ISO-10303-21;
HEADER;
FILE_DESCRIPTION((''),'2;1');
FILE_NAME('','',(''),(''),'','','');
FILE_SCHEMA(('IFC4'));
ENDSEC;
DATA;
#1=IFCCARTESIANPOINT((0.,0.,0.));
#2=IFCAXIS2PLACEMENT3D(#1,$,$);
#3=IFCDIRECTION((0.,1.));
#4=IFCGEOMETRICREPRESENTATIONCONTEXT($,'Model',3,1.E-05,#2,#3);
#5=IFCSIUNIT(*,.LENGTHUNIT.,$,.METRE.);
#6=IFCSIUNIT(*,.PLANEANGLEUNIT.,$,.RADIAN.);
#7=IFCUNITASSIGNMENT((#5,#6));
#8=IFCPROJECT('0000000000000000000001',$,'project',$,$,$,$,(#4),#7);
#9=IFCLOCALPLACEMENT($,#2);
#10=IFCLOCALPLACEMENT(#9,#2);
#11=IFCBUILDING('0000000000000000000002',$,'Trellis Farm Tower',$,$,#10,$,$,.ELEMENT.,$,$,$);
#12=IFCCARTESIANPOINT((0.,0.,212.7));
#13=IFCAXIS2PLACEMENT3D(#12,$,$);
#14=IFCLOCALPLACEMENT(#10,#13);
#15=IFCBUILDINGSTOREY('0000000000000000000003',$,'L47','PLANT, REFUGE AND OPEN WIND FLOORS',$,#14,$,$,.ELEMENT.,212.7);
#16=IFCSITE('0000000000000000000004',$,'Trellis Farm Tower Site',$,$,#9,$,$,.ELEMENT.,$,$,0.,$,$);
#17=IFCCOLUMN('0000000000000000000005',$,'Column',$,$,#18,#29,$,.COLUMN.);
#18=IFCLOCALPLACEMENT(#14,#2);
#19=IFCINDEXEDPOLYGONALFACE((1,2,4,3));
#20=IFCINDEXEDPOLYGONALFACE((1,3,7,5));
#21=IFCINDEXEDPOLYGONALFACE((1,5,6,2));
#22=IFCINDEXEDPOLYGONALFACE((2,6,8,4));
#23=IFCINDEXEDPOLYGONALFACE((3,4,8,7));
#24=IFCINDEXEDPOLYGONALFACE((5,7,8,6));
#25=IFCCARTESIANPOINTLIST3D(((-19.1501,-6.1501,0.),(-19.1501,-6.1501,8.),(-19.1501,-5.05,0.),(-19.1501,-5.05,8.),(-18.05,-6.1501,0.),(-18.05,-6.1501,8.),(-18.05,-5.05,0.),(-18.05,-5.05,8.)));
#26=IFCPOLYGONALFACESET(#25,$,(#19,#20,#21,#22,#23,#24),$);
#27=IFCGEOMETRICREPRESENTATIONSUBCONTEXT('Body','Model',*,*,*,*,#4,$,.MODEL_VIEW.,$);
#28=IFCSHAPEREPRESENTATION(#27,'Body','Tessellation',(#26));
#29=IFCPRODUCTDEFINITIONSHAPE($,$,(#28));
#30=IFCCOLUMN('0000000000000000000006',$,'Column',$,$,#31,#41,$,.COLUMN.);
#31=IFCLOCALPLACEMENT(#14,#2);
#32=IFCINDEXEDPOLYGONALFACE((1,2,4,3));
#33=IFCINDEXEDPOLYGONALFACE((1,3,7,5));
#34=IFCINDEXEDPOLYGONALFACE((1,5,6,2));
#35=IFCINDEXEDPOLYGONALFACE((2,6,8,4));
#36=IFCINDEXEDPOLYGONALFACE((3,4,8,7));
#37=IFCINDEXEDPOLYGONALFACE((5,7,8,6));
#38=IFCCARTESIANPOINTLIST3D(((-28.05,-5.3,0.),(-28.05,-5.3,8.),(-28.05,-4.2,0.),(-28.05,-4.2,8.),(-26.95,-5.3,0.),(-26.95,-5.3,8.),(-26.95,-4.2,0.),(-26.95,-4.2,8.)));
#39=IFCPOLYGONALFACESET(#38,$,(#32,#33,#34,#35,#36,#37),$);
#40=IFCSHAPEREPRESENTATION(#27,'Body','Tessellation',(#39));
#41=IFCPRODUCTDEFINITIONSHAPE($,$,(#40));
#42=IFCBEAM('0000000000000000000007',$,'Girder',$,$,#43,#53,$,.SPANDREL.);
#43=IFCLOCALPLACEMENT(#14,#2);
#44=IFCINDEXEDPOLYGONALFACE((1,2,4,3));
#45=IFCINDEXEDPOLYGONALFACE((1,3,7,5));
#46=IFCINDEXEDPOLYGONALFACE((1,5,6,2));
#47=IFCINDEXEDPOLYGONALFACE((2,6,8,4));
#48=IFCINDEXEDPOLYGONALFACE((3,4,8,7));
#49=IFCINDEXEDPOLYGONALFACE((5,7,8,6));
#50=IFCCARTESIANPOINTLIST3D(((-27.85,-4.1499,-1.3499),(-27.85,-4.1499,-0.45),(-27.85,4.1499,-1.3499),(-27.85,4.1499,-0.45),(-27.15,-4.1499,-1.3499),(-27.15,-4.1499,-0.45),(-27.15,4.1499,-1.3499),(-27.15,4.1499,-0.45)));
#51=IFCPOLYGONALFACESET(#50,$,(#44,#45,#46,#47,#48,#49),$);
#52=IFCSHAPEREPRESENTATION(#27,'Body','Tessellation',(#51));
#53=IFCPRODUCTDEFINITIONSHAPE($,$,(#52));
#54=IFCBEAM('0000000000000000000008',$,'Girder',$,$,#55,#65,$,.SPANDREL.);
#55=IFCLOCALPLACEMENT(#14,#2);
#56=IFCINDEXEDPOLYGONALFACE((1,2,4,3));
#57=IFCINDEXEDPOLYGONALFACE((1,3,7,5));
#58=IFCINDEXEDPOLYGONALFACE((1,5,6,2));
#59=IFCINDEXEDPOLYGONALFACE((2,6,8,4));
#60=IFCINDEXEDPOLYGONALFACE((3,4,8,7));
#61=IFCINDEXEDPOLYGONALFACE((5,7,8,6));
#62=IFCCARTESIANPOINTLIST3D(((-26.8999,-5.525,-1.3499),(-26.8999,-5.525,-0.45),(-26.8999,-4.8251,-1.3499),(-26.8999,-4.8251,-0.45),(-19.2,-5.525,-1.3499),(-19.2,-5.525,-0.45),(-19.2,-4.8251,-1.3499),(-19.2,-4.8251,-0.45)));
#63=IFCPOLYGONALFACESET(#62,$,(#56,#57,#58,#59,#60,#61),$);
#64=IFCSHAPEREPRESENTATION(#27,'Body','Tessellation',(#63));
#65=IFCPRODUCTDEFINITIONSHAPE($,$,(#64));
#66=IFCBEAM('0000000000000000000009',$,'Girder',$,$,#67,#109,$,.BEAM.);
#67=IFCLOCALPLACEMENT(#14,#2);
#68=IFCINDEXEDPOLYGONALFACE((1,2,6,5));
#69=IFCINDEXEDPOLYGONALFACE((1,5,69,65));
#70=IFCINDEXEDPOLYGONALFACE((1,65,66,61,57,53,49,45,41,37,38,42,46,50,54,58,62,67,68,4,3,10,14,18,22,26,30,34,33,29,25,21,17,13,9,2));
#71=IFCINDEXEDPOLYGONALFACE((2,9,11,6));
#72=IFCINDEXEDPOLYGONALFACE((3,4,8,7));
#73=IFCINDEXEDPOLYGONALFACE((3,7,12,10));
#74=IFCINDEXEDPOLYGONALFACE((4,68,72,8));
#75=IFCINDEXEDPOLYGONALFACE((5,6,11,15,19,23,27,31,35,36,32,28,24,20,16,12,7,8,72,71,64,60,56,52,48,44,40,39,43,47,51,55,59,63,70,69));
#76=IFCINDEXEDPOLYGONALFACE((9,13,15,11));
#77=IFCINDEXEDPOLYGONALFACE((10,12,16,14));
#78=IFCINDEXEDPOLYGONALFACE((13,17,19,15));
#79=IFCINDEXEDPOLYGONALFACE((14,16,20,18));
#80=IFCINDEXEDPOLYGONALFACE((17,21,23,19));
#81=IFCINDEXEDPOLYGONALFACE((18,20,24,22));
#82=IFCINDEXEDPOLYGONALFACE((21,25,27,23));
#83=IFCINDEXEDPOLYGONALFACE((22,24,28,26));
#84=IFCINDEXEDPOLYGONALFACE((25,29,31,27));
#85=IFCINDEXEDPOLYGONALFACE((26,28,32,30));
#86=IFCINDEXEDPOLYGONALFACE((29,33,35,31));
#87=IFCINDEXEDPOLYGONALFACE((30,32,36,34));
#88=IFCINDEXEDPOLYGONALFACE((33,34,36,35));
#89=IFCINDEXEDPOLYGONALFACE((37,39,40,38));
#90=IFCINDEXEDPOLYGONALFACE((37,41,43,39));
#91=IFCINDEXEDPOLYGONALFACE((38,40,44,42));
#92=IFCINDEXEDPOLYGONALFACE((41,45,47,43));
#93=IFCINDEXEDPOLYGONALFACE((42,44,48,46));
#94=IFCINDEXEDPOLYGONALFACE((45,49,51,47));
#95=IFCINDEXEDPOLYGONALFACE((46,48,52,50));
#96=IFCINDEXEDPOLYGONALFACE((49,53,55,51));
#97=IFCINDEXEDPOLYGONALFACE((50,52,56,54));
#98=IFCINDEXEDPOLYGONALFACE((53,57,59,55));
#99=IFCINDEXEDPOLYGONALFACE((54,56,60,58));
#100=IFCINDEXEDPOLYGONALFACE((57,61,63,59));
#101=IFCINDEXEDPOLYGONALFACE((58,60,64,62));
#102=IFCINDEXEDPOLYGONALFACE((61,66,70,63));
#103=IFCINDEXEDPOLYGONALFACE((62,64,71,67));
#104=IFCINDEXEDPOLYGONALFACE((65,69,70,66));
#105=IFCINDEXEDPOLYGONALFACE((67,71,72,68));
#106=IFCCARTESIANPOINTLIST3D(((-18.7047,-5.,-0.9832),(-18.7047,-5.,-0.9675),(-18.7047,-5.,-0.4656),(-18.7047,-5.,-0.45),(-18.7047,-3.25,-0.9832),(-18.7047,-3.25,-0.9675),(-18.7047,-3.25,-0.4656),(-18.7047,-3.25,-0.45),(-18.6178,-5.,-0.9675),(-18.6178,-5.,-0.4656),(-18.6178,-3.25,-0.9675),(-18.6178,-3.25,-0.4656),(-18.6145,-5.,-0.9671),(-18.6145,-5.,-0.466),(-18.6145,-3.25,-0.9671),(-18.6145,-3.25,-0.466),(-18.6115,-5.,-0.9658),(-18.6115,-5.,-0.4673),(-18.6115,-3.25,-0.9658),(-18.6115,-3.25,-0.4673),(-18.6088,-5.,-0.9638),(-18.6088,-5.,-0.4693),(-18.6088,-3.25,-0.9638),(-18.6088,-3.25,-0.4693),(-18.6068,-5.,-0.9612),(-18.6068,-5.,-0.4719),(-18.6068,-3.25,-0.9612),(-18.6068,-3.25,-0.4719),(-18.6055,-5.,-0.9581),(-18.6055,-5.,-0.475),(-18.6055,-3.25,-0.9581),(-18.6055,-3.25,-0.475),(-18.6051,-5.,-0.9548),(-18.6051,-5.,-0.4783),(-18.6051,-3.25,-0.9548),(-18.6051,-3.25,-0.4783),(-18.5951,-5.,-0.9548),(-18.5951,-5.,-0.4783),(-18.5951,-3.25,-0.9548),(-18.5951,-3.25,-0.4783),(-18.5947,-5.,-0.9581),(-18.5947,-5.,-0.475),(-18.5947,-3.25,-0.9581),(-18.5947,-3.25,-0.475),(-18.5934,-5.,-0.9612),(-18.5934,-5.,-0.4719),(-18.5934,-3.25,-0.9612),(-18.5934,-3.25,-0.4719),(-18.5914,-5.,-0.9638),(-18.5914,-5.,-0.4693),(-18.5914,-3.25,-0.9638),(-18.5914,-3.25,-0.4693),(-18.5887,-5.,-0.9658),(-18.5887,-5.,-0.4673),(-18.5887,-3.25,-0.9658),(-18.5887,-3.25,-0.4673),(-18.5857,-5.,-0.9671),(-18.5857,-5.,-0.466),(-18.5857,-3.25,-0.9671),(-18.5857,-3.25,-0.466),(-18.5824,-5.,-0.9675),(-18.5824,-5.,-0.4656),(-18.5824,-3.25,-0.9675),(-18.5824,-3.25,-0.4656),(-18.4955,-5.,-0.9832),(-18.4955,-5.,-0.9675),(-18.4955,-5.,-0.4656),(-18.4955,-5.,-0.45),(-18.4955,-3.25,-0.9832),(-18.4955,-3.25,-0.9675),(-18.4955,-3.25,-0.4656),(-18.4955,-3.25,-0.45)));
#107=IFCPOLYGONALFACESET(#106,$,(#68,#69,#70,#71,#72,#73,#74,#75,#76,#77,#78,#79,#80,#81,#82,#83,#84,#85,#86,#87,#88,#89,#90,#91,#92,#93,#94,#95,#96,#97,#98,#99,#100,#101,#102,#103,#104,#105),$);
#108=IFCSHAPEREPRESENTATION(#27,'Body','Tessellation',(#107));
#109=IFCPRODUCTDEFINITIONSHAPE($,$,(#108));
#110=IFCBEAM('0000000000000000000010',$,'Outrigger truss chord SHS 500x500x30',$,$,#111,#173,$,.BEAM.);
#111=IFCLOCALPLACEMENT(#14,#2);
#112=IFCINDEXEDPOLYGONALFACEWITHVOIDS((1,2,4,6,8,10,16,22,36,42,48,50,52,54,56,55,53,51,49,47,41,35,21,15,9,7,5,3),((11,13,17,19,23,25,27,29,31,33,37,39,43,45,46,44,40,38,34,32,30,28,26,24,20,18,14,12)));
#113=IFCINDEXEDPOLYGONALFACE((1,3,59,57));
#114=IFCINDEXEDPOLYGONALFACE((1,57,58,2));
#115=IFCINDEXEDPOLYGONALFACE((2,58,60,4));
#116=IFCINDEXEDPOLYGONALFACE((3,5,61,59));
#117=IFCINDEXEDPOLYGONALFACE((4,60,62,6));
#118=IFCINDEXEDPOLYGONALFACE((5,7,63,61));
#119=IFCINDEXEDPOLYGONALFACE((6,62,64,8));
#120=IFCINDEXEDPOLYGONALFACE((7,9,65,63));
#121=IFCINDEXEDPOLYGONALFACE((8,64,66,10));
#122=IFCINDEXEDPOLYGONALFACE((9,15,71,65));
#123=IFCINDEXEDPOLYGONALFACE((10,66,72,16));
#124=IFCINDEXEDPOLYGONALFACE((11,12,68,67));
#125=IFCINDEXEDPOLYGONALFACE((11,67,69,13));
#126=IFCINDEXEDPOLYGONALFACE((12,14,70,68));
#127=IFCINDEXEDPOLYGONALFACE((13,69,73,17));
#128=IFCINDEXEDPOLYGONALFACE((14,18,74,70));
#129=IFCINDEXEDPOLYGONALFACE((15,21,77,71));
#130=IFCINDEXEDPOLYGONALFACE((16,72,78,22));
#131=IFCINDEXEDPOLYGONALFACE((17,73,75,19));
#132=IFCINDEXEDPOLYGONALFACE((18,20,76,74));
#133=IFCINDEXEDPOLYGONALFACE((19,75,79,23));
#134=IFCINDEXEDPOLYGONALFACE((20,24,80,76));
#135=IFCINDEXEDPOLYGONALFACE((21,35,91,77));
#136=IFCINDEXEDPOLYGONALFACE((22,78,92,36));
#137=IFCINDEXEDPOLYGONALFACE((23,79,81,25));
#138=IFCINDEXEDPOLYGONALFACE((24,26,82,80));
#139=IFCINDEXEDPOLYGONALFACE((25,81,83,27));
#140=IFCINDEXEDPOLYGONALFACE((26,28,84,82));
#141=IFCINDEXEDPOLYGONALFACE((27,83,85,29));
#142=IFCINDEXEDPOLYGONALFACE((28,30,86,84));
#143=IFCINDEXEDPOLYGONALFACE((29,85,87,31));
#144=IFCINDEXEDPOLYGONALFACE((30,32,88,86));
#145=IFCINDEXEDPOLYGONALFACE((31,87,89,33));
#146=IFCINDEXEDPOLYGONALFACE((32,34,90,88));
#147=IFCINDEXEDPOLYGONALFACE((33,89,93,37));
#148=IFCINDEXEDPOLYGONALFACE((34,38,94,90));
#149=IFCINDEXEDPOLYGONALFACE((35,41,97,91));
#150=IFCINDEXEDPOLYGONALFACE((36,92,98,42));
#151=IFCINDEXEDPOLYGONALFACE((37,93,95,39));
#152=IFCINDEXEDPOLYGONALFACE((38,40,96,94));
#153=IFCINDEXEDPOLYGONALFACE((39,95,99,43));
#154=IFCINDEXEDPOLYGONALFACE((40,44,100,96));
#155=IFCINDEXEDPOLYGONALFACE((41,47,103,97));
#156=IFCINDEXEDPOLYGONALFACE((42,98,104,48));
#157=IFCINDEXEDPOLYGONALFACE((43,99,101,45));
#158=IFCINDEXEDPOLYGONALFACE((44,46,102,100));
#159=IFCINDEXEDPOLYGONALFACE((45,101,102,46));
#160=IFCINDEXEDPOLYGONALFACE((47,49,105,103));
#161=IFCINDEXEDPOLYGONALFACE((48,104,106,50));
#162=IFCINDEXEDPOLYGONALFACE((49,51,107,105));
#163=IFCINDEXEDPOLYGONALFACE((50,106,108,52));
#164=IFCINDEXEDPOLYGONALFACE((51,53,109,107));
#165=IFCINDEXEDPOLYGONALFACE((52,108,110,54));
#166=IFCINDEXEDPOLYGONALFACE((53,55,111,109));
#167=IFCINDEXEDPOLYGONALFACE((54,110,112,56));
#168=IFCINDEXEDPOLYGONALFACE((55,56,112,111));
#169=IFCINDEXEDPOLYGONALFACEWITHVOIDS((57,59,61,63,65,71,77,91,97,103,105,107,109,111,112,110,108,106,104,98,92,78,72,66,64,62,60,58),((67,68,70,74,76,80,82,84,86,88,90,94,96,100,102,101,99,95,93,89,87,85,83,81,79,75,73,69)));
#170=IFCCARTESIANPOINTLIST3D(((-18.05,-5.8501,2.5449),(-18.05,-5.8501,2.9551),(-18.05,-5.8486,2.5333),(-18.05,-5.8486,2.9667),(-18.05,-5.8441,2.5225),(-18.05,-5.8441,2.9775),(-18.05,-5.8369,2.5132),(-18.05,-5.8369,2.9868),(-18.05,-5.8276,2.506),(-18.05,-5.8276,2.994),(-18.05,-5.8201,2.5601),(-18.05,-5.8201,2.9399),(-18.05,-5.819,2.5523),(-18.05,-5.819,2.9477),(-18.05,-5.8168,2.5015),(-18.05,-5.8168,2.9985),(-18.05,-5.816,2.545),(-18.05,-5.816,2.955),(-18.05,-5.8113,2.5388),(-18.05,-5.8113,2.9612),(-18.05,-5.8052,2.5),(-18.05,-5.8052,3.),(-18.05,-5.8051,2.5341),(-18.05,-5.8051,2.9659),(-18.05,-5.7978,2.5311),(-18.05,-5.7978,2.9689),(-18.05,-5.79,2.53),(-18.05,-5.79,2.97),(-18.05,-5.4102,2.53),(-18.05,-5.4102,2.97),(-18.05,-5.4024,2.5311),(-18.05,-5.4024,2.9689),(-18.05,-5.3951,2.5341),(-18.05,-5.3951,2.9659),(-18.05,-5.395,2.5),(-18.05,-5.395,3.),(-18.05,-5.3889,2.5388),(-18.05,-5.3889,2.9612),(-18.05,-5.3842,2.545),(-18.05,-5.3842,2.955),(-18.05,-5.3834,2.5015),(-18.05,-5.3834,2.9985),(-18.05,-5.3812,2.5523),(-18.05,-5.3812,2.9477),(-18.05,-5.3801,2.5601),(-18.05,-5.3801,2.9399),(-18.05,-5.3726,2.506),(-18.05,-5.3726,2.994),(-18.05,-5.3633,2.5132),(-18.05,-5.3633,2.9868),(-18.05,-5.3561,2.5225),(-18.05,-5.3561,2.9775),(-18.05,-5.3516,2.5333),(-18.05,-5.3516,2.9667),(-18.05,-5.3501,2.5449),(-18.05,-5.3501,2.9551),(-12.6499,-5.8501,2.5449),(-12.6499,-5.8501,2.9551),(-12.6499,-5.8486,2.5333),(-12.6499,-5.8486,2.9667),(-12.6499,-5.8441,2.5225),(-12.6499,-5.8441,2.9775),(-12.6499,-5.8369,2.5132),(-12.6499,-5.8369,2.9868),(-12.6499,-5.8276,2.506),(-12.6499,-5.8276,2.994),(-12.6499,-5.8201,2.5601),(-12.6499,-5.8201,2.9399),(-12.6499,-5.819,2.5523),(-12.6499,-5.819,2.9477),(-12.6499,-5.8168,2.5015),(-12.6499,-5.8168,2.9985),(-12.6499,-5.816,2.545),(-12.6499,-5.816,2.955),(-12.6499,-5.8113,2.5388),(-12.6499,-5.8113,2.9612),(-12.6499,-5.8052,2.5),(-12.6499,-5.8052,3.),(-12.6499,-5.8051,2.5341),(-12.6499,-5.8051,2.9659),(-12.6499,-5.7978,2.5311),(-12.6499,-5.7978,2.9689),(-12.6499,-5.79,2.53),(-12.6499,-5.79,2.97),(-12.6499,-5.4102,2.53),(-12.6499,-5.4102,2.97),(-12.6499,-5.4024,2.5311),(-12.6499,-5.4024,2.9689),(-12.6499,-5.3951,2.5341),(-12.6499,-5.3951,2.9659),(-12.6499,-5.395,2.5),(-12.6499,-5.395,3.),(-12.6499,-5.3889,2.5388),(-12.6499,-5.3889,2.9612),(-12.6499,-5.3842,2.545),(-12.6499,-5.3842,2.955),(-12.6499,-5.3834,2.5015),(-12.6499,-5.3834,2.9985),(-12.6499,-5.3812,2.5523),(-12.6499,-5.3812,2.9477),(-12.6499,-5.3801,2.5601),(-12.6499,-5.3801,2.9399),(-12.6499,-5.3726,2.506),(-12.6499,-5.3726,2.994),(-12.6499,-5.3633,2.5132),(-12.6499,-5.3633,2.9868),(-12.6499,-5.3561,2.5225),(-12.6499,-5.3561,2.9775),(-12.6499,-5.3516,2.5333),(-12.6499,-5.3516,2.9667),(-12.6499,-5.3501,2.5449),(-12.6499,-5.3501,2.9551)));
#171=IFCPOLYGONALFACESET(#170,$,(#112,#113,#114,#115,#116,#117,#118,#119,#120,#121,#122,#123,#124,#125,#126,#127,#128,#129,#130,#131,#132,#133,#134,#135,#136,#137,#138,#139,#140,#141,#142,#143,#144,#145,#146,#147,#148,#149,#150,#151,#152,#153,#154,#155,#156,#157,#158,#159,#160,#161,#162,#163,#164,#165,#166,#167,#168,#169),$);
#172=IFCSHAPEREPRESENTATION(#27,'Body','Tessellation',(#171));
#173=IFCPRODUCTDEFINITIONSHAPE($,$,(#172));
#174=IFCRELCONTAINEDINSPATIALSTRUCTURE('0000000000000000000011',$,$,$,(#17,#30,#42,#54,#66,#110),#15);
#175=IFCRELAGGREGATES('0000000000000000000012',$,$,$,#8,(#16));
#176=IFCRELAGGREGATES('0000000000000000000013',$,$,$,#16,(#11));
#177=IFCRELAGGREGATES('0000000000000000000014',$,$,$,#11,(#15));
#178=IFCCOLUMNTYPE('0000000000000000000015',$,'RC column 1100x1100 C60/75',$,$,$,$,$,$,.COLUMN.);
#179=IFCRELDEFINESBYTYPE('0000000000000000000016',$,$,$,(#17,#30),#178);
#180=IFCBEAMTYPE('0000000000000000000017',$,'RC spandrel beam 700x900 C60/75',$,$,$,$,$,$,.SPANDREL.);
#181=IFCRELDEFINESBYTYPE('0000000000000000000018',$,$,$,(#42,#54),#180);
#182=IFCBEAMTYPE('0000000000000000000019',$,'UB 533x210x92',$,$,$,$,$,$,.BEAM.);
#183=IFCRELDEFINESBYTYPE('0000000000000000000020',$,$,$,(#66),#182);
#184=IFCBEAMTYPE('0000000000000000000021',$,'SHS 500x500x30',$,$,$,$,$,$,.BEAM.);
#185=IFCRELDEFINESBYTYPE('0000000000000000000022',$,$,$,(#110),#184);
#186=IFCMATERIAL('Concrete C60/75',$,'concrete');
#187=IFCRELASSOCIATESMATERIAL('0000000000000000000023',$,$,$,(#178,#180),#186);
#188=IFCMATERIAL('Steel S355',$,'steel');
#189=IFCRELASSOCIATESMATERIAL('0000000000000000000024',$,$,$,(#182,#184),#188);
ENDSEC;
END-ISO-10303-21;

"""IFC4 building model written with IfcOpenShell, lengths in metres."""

from ifc_helpers import new_model, si_unit, direction, frame, origin, origin_2d, place, context, subcontext, project, spatial, rectangle, hollow_rectangle, i_section, extrude, source, transform, mapped, material, material_profile, profile_set, type_object, element, save


model = new_model("IFC4")

# Units and contexts
model_context = context("Model", 3, precision=1e-05, world=origin(), true_north=direction((0.0, 1.0)))
body_context = subcontext(model_context, "Body", "Model", "MODEL_VIEW")
ifc_project = project(units=[si_unit("LENGTHUNIT", "METRE"), si_unit("PLANEANGLEUNIT", "RADIAN")], contexts=[model_context])

# Site, building, storey
site_placement = place(None, origin())
site = spatial("IfcSite", under=ifc_project, at=site_placement, Name="Trellis Farm Tower Site", CompositionType="ELEMENT", RefElevation=0.0)
building_placement = place(site_placement, origin())
building = spatial("IfcBuilding", under=site, at=building_placement, Name="Trellis Farm Tower", CompositionType="ELEMENT")
storey_placement = place(building_placement, frame((0.0, 0.0, 212.7)))
storey = spatial("IfcBuildingStorey", under=building, at=storey_placement, Name="L47", Description="PLANT, REFUGE AND OPEN WIND FLOORS", CompositionType="ELEMENT", Elevation=212.7)

# Columns
ifc_material_1 = material(Name="Concrete C60/75", Category="concrete")
ifc_material_profile_1 = material_profile(ifc_material_1, rectangle(XDim=1.1001, YDim=1.1001, at=origin_2d()), Name="RC column 1100x1100 C60/75")
ifc_profile_set_1 = profile_set([ifc_material_profile_1], Name="Concrete C60/75")
column_type = type_object("IfcColumnType", Name="RC column 1100x1100 C60/75", PredefinedType="COLUMN", material=ifc_profile_set_1)
shared_shape_1 = source(origin(), body_context, "Body", "SweptSolid", [
    extrude(rectangle(XDim=1.1001, YDim=1.1001, at=origin_2d()), origin(), (0.0, 0.0, 1.0), 8.0),
])
for number, where, z_axis, x_axis, name in (
    (1, (-18.6001, -5.6001, 0.0), (0.0, 0.0, 1.0), (1.0, 0.0, 0.0), "Column"),
    (2, (-27.5, -4.75, 0.0), (0.0, 0.0, 1.0), (1.0, 0.0, 0.0), "Column"),
):
    element("IfcColumn", number, at=place(storey_placement, frame(where, z_axis=z_axis, x_axis=x_axis)), inside=storey, type_object=column_type, Name=name, PredefinedType="COLUMN", context=body_context, shape_type="MappedRepresentation", body=[
        mapped(shared_shape_1, transform((0.0, 0.0, 0.0))),
    ])

# Beams
ifc_material_profile_2 = material_profile(ifc_material_1, rectangle(XDim=0.7, YDim=0.8999, at=origin_2d()), Name="RC spandrel beam 700x900 C60/75")
ifc_profile_set_2 = profile_set([ifc_material_profile_2], Name="Concrete C60/75")
beam_type_1 = type_object("IfcBeamType", Name="RC spandrel beam 700x900 C60/75", PredefinedType="SPANDREL", material=ifc_profile_set_2)
shared_shape_2 = source(origin(), body_context, "Body", "SweptSolid", [
    extrude(rectangle(XDim=0.7, YDim=0.8999, at=origin_2d()), origin(), (0.0, 0.0, 1.0), 8.2998),
])
beam_1_placement = place(storey_placement, frame((-27.5, -4.1499, -0.8999), z_axis=(0.0, 1.0, 0.0), x_axis=(-1.0, 0.0, 0.0)))
element("IfcBeam", 3, at=beam_1_placement, inside=storey, type_object=beam_type_1, Name="Girder", PredefinedType="SPANDREL", context=body_context, shape_type="MappedRepresentation", body=[
    mapped(shared_shape_2, transform((0.0, 0.0, 0.0))),
])
shared_shape_3 = source(origin(), body_context, "Body", "SweptSolid", [
    extrude(rectangle(XDim=0.7, YDim=0.8999, at=origin_2d()), origin(), (0.0, 0.0, 1.0), 7.7),
])
beam_2_placement = place(storey_placement, frame((-26.8999, -5.175, -0.8999), z_axis=(1.0, 0.0, 0.0), x_axis=(0.0, 1.0, 0.0)))
element("IfcBeam", 4, at=beam_2_placement, inside=storey, type_object=beam_type_1, Name="Girder", PredefinedType="SPANDREL", context=body_context, shape_type="MappedRepresentation", body=[
    mapped(shared_shape_3, transform((0.0, 0.0, 0.0))),
])
ifc_material_2 = material(Name="Steel S355", Category="steel")
ifc_material_profile_3 = material_profile(ifc_material_2, i_section(OverallWidth=0.2092, OverallDepth=0.5332, WebThickness=0.01, FlangeThickness=0.0156, FilletRadius=0.0127, at=origin_2d()), Name="UB 533x210x92")
ifc_profile_set_3 = profile_set([ifc_material_profile_3], Name="Steel S355")
beam_type_2 = type_object("IfcBeamType", Name="UB 533x210x92", PredefinedType="BEAM", material=ifc_profile_set_3)
shared_shape_4 = source(origin(), body_context, "Body", "SweptSolid", [
    extrude(i_section(OverallWidth=0.2092, OverallDepth=0.5332, WebThickness=0.01, FlangeThickness=0.0156, FilletRadius=0.0127, at=origin_2d()), origin(), (0.0, 0.0, 1.0), 1.75),
])
beam_3_placement = place(storey_placement, frame((-18.6001, -5.0, -0.7166), z_axis=(0.0, 1.0, 0.0), x_axis=(-1.0, 0.0, 0.0)))
element("IfcBeam", 5, at=beam_3_placement, inside=storey, type_object=beam_type_2, Name="Girder", PredefinedType="BEAM", context=body_context, shape_type="MappedRepresentation", body=[
    mapped(shared_shape_4, transform((0.0, 0.0, 0.0))),
])
ifc_material_profile_4 = material_profile(ifc_material_2, hollow_rectangle(XDim=0.5, YDim=0.5, WallThickness=0.03, InnerFilletRadius=0.03, OuterFilletRadius=0.0449, at=origin_2d()), Name="SHS 500x500x30")
ifc_profile_set_4 = profile_set([ifc_material_profile_4], Name="Steel S355")
beam_type_3 = type_object("IfcBeamType", Name="SHS 500x500x30", PredefinedType="BEAM", material=ifc_profile_set_4)
shared_shape_5 = source(origin(), body_context, "Body", "SweptSolid", [
    extrude(hollow_rectangle(XDim=0.5, YDim=0.5, WallThickness=0.03, InnerFilletRadius=0.03, OuterFilletRadius=0.0449, at=origin_2d()), origin(), (0.0, 0.0, 1.0), 5.4001),
])
beam_4_placement = place(storey_placement, frame((-18.05, -5.6001, 2.75), z_axis=(1.0, 0.0, 0.0), x_axis=(0.0, 1.0, 0.0)))
element("IfcBeam", 6, at=beam_4_placement, inside=storey, type_object=beam_type_3, Name="Outrigger truss chord SHS 500x500x30", PredefinedType="BEAM", context=body_context, shape_type="MappedRepresentation", body=[
    mapped(shared_shape_5, transform((0.0, 0.0, 0.0))),
])

save(model, "model.ifc")
